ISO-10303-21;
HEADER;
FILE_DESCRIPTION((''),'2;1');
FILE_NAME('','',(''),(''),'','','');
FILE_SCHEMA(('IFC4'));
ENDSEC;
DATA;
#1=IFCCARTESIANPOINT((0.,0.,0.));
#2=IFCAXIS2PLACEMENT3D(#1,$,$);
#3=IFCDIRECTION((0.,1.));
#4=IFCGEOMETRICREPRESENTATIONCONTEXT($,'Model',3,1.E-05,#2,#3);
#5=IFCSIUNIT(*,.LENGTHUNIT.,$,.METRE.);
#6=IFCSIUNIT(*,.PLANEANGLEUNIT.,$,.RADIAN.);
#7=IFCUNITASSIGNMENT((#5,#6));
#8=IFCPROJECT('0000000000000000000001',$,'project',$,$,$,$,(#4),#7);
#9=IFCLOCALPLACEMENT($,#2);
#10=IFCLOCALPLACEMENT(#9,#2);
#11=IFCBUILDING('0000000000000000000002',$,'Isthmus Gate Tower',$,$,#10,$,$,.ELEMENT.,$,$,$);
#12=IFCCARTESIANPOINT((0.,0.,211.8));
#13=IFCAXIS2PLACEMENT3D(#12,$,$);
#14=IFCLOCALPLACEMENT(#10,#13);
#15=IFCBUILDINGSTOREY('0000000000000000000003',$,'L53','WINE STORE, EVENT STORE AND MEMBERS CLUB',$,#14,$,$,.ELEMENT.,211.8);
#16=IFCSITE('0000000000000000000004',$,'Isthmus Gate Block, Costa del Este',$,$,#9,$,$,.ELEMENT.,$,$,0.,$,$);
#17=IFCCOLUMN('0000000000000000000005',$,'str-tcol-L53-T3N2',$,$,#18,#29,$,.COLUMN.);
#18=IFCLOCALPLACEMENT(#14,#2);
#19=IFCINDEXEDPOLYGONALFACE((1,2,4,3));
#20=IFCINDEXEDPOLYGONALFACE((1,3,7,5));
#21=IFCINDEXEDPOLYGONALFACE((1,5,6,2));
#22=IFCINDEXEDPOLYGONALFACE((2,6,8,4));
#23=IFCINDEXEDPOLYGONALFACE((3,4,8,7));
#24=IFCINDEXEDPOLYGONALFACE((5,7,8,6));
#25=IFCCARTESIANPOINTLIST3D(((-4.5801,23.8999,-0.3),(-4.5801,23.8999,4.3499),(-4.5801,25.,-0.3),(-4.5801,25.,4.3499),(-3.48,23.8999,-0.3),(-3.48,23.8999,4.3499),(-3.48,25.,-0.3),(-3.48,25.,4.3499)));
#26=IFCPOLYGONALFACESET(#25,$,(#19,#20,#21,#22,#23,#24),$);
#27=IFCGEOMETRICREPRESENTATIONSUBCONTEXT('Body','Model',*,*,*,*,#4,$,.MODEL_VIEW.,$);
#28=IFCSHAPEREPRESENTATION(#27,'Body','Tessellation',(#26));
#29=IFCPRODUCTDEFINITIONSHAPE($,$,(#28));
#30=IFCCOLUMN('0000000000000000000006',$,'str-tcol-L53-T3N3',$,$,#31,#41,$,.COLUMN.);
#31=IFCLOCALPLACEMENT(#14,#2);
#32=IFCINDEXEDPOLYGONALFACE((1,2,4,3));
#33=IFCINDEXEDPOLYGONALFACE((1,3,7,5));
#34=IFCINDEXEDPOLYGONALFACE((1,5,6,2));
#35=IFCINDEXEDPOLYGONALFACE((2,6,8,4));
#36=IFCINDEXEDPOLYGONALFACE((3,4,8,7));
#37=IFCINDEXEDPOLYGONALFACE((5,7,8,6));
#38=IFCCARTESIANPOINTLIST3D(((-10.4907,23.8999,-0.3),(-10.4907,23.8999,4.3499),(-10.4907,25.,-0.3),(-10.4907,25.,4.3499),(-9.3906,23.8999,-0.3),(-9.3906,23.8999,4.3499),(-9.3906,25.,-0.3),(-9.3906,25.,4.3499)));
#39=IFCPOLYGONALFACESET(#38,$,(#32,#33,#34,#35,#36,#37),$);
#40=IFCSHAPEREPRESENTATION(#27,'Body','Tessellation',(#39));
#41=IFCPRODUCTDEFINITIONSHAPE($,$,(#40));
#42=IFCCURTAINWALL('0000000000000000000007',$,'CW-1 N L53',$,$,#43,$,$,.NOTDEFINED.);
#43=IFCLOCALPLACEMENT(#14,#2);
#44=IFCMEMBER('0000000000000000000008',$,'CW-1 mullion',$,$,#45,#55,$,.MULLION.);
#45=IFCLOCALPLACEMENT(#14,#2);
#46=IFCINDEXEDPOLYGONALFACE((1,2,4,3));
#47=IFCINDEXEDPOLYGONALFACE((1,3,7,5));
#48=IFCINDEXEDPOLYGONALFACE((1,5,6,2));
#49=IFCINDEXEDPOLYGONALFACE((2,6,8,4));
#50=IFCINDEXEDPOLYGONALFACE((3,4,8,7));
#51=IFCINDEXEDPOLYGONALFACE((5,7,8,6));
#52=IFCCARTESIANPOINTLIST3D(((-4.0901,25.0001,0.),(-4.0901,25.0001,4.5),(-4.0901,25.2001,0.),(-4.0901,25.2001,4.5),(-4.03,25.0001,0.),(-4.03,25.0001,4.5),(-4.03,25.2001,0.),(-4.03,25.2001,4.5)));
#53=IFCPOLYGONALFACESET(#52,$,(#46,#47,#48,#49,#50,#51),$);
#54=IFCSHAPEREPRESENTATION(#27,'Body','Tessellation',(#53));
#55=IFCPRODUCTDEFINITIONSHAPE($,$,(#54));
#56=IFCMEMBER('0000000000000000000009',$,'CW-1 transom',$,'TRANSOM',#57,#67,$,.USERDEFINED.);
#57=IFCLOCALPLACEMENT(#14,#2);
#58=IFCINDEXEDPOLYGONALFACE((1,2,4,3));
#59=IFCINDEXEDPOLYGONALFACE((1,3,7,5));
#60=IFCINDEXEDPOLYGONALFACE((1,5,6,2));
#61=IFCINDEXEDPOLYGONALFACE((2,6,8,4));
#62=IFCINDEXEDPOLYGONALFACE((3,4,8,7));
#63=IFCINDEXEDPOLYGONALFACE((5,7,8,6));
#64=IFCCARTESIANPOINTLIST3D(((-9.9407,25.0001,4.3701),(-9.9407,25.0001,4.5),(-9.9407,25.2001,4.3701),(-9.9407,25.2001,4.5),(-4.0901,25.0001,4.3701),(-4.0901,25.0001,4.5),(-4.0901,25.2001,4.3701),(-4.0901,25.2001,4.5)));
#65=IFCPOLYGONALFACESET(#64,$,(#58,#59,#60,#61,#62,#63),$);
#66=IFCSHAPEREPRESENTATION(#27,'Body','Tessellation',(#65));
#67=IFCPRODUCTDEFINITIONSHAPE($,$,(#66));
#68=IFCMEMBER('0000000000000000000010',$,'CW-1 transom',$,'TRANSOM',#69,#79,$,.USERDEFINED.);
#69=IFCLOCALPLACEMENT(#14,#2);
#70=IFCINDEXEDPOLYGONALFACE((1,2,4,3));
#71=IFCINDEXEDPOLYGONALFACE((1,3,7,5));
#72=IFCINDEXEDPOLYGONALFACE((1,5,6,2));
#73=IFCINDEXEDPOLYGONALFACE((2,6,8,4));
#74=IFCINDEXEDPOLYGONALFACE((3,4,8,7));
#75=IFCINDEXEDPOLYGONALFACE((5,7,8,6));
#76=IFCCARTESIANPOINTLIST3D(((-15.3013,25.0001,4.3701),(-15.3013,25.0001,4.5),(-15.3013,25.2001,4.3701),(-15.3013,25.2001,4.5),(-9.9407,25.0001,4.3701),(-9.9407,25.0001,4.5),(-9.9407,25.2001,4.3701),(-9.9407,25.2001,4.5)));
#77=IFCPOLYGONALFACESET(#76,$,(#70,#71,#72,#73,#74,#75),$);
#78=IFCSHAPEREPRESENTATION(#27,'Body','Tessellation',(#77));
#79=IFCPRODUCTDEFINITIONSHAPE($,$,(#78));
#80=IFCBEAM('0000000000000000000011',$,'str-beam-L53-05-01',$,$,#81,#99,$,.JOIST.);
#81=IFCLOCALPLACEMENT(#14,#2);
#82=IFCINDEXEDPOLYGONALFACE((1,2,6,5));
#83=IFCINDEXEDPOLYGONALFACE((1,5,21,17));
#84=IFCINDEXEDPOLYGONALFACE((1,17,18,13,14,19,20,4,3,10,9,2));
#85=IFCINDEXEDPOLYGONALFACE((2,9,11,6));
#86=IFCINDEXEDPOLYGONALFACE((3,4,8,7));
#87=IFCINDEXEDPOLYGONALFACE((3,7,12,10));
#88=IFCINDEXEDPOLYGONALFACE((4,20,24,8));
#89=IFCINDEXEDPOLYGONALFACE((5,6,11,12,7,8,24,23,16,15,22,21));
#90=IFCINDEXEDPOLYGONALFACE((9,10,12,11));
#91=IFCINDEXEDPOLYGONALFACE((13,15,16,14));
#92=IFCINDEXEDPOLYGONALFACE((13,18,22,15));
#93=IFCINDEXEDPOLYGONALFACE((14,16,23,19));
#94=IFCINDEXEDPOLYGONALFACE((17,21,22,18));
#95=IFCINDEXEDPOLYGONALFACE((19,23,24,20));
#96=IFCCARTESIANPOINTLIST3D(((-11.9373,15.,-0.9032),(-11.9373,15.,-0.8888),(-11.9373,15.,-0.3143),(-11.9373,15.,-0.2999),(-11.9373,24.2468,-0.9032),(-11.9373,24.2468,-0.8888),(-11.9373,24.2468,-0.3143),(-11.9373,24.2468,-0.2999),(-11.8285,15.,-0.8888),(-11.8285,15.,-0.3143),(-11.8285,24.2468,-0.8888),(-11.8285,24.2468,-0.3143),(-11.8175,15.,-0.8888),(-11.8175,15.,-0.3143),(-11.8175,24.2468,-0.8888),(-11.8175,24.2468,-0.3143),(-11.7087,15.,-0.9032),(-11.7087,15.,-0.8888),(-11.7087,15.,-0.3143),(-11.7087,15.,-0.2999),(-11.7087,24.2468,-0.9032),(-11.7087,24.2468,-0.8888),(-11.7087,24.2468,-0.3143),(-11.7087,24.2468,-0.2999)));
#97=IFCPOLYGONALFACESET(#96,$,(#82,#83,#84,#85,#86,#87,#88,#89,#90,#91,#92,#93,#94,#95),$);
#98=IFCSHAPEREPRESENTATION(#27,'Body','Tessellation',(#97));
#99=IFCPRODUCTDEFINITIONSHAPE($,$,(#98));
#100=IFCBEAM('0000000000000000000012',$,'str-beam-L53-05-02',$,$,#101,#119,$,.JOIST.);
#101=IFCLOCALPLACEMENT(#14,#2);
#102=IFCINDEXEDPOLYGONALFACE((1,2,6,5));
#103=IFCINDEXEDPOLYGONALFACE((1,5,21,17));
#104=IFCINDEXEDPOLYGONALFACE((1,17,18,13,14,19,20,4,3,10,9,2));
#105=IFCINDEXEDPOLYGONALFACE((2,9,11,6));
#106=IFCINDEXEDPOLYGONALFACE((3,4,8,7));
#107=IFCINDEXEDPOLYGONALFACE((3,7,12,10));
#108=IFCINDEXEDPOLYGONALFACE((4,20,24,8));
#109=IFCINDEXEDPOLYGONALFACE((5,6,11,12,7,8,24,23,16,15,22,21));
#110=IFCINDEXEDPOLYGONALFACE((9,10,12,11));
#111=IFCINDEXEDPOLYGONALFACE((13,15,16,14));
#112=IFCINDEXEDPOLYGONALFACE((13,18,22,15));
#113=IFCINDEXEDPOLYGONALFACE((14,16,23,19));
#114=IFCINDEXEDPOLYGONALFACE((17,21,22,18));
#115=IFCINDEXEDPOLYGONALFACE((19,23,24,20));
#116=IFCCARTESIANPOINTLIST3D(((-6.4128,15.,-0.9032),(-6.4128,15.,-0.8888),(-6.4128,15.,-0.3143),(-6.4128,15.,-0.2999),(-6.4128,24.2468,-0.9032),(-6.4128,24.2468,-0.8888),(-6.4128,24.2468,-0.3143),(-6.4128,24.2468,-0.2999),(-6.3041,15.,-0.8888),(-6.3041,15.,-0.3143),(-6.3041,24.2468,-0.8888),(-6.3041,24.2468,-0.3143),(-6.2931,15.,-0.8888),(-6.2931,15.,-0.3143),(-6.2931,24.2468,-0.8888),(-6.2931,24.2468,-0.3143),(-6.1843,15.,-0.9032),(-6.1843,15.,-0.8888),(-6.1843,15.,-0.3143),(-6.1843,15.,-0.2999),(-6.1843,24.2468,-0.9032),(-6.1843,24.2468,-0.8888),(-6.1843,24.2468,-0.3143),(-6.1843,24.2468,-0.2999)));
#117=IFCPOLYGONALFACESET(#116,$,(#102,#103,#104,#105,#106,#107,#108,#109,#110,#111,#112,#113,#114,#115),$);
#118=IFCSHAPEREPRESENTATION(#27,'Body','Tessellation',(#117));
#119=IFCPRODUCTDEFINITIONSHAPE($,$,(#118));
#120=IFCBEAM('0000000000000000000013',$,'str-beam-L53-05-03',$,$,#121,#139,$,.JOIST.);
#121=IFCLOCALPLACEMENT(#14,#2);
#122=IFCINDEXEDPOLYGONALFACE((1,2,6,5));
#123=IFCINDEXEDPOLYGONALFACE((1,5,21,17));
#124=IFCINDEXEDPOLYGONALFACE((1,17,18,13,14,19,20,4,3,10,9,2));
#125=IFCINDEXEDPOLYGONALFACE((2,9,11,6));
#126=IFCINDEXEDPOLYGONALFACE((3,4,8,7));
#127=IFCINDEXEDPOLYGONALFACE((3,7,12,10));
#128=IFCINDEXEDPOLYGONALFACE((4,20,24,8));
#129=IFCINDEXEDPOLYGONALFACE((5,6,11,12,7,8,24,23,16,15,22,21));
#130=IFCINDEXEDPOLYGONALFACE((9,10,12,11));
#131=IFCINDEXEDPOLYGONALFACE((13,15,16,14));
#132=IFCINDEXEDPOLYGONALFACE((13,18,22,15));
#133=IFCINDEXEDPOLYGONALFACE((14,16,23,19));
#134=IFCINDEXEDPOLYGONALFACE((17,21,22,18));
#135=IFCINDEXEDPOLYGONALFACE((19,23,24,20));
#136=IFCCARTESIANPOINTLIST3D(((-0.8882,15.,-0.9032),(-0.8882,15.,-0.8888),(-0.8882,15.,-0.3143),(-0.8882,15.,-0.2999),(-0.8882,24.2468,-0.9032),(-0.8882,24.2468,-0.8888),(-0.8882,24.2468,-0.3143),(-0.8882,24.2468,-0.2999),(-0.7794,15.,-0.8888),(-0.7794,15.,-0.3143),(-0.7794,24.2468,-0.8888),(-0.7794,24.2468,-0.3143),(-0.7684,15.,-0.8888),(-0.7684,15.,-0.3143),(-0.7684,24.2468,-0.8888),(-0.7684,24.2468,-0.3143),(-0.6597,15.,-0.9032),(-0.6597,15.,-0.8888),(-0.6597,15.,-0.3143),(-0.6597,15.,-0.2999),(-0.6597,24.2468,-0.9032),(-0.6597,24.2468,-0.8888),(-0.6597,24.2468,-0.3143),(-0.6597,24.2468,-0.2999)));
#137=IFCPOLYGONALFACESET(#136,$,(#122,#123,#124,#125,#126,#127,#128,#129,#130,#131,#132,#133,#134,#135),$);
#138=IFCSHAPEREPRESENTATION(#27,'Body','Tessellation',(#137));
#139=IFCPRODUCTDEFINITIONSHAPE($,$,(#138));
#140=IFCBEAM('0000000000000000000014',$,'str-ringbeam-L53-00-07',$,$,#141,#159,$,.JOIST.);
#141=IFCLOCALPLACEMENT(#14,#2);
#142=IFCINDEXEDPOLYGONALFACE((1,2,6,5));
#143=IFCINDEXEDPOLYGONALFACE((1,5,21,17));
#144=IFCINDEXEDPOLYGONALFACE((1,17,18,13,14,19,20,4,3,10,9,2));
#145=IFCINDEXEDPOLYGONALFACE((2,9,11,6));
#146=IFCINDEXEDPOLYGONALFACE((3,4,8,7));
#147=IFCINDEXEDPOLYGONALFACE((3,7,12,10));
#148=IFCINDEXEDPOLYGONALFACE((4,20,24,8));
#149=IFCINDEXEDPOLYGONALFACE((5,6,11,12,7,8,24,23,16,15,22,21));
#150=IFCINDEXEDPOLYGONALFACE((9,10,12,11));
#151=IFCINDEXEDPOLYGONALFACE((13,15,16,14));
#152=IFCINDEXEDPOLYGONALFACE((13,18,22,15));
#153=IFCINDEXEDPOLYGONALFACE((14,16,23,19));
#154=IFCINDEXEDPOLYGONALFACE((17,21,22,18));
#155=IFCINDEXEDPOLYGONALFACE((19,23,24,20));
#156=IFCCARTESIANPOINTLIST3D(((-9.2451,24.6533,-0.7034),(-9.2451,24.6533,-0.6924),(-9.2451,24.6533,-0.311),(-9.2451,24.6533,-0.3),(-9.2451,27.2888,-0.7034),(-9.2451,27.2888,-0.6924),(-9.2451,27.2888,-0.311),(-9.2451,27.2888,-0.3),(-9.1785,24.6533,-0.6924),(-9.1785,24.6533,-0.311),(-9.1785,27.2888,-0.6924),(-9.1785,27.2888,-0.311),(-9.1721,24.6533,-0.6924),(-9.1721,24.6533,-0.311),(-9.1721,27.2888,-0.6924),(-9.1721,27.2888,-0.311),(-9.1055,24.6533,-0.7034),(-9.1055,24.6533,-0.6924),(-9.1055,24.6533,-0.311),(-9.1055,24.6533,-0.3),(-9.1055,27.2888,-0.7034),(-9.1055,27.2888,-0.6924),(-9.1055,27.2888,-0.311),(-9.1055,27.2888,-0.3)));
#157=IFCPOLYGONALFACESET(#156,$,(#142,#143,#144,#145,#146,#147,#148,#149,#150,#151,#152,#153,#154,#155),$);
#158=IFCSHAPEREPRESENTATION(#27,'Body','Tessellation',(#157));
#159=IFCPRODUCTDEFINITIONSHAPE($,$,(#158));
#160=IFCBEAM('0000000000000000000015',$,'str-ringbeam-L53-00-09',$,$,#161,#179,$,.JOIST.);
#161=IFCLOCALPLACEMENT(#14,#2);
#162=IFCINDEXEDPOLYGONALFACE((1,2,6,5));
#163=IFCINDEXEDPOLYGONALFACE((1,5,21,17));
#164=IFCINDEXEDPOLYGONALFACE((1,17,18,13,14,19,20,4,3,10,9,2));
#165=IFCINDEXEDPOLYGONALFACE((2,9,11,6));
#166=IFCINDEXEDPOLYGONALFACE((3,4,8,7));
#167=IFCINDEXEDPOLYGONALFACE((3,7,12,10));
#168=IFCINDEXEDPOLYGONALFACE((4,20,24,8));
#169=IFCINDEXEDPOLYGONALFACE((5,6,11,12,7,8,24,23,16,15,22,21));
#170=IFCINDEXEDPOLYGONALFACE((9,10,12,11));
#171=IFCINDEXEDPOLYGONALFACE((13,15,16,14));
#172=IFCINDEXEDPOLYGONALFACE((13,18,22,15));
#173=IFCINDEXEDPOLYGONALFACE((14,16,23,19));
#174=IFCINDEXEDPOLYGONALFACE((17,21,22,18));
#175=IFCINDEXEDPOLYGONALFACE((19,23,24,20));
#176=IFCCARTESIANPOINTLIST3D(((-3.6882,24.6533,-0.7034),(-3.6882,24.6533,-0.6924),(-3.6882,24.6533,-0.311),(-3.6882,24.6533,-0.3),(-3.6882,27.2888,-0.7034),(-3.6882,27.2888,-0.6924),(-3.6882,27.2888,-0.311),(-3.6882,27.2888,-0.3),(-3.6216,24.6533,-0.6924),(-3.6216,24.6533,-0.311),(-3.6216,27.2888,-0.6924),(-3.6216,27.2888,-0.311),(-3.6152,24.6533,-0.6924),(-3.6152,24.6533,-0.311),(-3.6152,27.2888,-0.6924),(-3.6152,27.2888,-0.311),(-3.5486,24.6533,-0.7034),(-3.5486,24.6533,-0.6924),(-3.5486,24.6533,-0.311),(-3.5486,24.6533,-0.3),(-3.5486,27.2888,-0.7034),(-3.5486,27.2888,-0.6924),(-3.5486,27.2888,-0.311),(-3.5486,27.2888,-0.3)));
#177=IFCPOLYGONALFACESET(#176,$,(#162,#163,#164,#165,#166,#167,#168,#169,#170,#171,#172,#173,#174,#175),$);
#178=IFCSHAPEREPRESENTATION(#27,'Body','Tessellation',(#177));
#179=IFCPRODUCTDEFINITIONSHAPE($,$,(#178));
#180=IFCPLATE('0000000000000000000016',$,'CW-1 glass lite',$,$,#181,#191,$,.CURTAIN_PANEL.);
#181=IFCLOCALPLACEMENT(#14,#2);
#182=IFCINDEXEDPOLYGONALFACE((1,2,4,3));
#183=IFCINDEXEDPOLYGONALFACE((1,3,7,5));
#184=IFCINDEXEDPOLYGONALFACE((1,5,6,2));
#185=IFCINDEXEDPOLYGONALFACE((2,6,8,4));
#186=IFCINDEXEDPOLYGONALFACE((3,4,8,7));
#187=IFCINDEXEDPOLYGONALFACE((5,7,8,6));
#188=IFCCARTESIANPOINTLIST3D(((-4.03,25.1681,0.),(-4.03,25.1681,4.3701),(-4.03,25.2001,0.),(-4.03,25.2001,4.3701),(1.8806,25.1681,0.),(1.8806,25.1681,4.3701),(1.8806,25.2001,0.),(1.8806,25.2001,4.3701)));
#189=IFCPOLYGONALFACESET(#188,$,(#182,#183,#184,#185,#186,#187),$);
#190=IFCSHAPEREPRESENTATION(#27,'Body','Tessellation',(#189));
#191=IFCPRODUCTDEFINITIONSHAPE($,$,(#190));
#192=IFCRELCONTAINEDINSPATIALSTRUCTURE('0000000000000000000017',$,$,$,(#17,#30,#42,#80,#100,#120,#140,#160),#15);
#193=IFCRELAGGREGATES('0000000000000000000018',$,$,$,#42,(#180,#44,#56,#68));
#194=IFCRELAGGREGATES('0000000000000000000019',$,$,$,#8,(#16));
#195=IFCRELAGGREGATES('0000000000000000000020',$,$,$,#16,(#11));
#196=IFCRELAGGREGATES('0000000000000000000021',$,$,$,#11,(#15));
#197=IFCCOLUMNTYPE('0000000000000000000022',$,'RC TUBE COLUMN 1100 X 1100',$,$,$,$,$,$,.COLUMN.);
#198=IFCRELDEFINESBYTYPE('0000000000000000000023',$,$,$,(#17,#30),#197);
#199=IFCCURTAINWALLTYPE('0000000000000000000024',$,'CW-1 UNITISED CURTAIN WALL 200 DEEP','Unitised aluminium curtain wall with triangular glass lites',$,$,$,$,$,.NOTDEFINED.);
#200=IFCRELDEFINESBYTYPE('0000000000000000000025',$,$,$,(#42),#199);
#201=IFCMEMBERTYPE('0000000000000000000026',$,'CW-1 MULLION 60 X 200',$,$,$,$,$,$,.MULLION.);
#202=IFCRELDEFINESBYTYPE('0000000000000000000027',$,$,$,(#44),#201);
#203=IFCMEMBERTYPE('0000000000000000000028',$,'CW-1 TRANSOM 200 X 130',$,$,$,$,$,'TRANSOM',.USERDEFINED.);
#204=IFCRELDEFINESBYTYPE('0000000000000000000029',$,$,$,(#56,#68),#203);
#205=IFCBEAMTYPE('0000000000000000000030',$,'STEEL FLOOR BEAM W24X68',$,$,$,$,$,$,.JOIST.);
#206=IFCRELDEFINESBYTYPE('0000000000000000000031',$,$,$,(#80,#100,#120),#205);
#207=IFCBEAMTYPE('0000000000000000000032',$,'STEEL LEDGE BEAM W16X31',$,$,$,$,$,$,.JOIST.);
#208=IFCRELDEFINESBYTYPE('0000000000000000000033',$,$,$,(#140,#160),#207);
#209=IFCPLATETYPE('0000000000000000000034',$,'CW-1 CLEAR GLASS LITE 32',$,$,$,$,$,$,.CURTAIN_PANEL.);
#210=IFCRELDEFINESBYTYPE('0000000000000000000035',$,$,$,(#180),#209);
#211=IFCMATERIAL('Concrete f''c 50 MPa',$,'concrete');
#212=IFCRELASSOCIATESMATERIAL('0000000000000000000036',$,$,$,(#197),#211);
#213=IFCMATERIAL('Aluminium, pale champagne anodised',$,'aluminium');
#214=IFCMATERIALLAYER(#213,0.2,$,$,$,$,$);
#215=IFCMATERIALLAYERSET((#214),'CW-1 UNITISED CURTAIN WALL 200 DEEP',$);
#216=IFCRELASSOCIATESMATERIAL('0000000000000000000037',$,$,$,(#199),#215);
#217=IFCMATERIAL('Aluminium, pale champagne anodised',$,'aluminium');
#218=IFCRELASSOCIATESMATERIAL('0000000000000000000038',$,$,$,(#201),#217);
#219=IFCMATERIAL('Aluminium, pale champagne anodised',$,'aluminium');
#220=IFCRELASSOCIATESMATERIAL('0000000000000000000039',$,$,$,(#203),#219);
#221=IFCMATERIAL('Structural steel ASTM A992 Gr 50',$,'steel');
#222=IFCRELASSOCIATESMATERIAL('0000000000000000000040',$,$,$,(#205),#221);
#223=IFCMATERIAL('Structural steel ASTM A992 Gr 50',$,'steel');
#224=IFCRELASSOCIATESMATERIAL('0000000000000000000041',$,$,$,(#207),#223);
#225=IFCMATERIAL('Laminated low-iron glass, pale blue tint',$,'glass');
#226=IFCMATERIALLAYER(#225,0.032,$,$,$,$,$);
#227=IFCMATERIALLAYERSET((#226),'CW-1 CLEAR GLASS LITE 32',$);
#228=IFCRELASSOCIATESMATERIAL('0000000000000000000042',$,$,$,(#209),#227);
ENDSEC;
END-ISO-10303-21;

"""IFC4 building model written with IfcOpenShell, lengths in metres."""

from ifc_helpers import new_model, si_unit, direction, frame, origin, origin_2d, place, context, subcontext, project, spatial, rectangle, i_section, extrude, material, layer, layer_set, material_profile, profile_set, type_object, element, aggregate, save


model = new_model("IFC4")

# Units and contexts
model_context = context("Model", 3, precision=1e-05, world=origin(), true_north=direction((0.0, 1.0)))
body_context = subcontext(model_context, "Body", "Model", "MODEL_VIEW")
ifc_project = project(units=[si_unit("LENGTHUNIT", "METRE"), si_unit("PLANEANGLEUNIT", "RADIAN")], contexts=[model_context])

# Site, building, storey
site_placement = place(None, origin())
site = spatial("IfcSite", under=ifc_project, at=site_placement, Name="Isthmus Gate Block, Costa del Este", CompositionType="ELEMENT", RefElevation=0.0)
building_placement = place(site_placement, origin())
building = spatial("IfcBuilding", under=site, at=building_placement, Name="Isthmus Gate Tower", CompositionType="ELEMENT")
storey_placement = place(building_placement, frame((0.0, 0.0, 211.8)))
storey = spatial("IfcBuildingStorey", under=building, at=storey_placement, Name="L53", Description="WINE STORE, EVENT STORE AND MEMBERS CLUB", CompositionType="ELEMENT", Elevation=211.8)

# Columns
ifc_material_1 = material(Name="Concrete f'c 50 MPa", Category="concrete")
ifc_material_profile_1 = material_profile(ifc_material_1, rectangle(XDim=1.1001, YDim=1.1001, at=origin_2d()), Name="RC 1100X1100")
ifc_profile_set_1 = profile_set([ifc_material_profile_1], Name="Concrete f'c 50 MPa")
column_type = type_object("IfcColumnType", Name="RC TUBE COLUMN 1100 X 1100", PredefinedType="COLUMN", material=ifc_profile_set_1)
for number, where, z_axis, x_axis, name in (
    (1, (-4.03, 24.45, -0.3), (0.0, 0.0, 1.0), (-1.0, 0.0, 0.0), "str-tcol-L53-T3N2"),
    (2, (-9.9407, 24.45, -0.3), (0.0, 0.0, 1.0), (-1.0, 0.0, 0.0), "str-tcol-L53-T3N3"),
):
    element("IfcColumn", number, at=place(storey_placement, frame(where, z_axis=z_axis, x_axis=x_axis)), inside=storey, type_object=column_type, Name=name, PredefinedType="COLUMN", context=body_context, shape_type="SweptSolid", body=[
        extrude(rectangle(XDim=1.1001, YDim=1.1001, at=origin_2d()), origin(), (0.0, 0.0, 1.0), 4.6499),
    ])

# Curtain wall, members
ifc_material_2 = material(Name="Aluminium, pale champagne anodised", Category="aluminium")
ifc_layer_1 = layer(ifc_material_2, 0.2)
ifc_layer_set_1 = layer_set([ifc_layer_1], Name="CW-1 UNITISED CURTAIN WALL 200 DEEP")
curtain_wall_type = type_object("IfcCurtainWallType", Name="CW-1 UNITISED CURTAIN WALL 200 DEEP", Description="Unitised aluminium curtain wall with triangular glass lites", PredefinedType="NOTDEFINED", material=ifc_layer_set_1)
curtain_wall_placement = place(storey_placement, origin())
curtain_wall = element("IfcCurtainWall", 3, at=curtain_wall_placement, inside=storey, type_object=curtain_wall_type, Name="CW-1 N L53", PredefinedType="NOTDEFINED")
ifc_material_3 = material(Name="Aluminium, pale champagne anodised", Category="aluminium")
ifc_material_profile_2 = material_profile(ifc_material_3, rectangle(XDim=0.0601, YDim=0.2, at=origin_2d()), Name="60x200")
ifc_profile_set_2 = profile_set([ifc_material_profile_2], Name="Aluminium, pale champagne anodised")
member_type_1 = type_object("IfcMemberType", Name="CW-1 MULLION 60 X 200", PredefinedType="MULLION", material=ifc_profile_set_2)
member_1_placement = place(storey_placement, frame((-4.0601, 25.1001, 0.0), z_axis=(0.0, 0.0, 1.0), x_axis=(-1.0, 0.0, 0.0)))
member_1 = element("IfcMember", 4, at=member_1_placement, type_object=member_type_1, Name="CW-1 mullion", PredefinedType="MULLION", context=body_context, shape_type="SweptSolid", body=[
    extrude(rectangle(XDim=0.0601, YDim=0.2, at=origin_2d()), origin(), (0.0, 0.0, 1.0), 4.5),
])
ifc_material_4 = material(Name="Aluminium, pale champagne anodised", Category="aluminium")
ifc_material_profile_3 = material_profile(ifc_material_4, rectangle(XDim=0.2, YDim=0.1299, at=origin_2d()), Name="200x130")
ifc_profile_set_3 = profile_set([ifc_material_profile_3], Name="Aluminium, pale champagne anodised")
member_type_2 = type_object("IfcMemberType", Name="CW-1 TRANSOM 200 X 130", ElementType="TRANSOM", PredefinedType="USERDEFINED", material=ifc_profile_set_3)
member_2_placement = place(storey_placement, frame((-4.0901, 25.1001, 4.4351), z_axis=(-1.0, 0.0, 0.0), x_axis=(0.0, -1.0, 0.0)))
member_2 = element("IfcMember", 5, at=member_2_placement, type_object=member_type_2, Name="CW-1 transom", ObjectType="TRANSOM", PredefinedType="USERDEFINED", context=body_context, shape_type="SweptSolid", body=[
    extrude(rectangle(XDim=0.2, YDim=0.1299, at=origin_2d()), origin(), (0.0, 0.0, 1.0), 5.8506),
])
member_3_placement = place(storey_placement, frame((-9.9407, 25.1001, 4.4351), z_axis=(-1.0, 0.0, 0.0), x_axis=(0.0, -1.0, 0.0)))
member_3 = element("IfcMember", 6, at=member_3_placement, type_object=member_type_2, Name="CW-1 transom", ObjectType="TRANSOM", PredefinedType="USERDEFINED", context=body_context, shape_type="SweptSolid", body=[
    extrude(rectangle(XDim=0.2, YDim=0.1299, at=origin_2d()), origin(), (0.0, 0.0, 1.0), 5.3606),
])

# Beams
ifc_material_5 = material(Name="Structural steel ASTM A992 Gr 50", Category="steel")
ifc_material_profile_4 = material_profile(ifc_material_5, i_section(OverallWidth=0.2285, OverallDepth=0.6033, WebThickness=0.011, FlangeThickness=0.0144, at=origin_2d()), Name="W24X68")
ifc_profile_set_4 = profile_set([ifc_material_profile_4], Name="Structural steel ASTM A992 Gr 50")
beam_type_1 = type_object("IfcBeamType", Name="STEEL FLOOR BEAM W24X68", PredefinedType="JOIST", material=ifc_profile_set_4)
for number, where, z_axis, x_axis, name in (
    (7, (-11.823, 15.0, -0.6016), (0.0, 1.0, 0.0), (-1.0, 0.0, 0.0), "str-beam-L53-05-01"),
    (8, (-6.2986, 15.0, -0.6016), (0.0, 1.0, 0.0), (-1.0, 0.0, 0.0), "str-beam-L53-05-02"),
    (9, (-0.7739, 15.0, -0.6016), (0.0, 1.0, 0.0), (-1.0, 0.0, 0.0), "str-beam-L53-05-03"),
):
    element("IfcBeam", number, at=place(storey_placement, frame(where, z_axis=z_axis, x_axis=x_axis)), inside=storey, type_object=beam_type_1, Name=name, PredefinedType="JOIST", context=body_context, shape_type="SweptSolid", body=[
        extrude(i_section(OverallWidth=0.2285, OverallDepth=0.6033, WebThickness=0.011, FlangeThickness=0.0144, at=origin_2d()), origin(), (0.0, 0.0, 1.0), 9.2468),
    ])
ifc_material_6 = material(Name="Structural steel ASTM A992 Gr 50", Category="steel")
ifc_material_profile_5 = material_profile(ifc_material_6, i_section(OverallWidth=0.1396, OverallDepth=0.4033, WebThickness=0.0063, FlangeThickness=0.011, at=origin_2d()), Name="W16X31")
ifc_profile_set_5 = profile_set([ifc_material_profile_5], Name="Structural steel ASTM A992 Gr 50")
beam_type_2 = type_object("IfcBeamType", Name="STEEL LEDGE BEAM W16X31", PredefinedType="JOIST", material=ifc_profile_set_5)
for number, where, z_axis, x_axis, name in (
    (10, (-9.1753, 24.6533, -0.5017), (0.0, 1.0, 0.0), (-1.0, 0.0, 0.0), "str-ringbeam-L53-00-07"),
    (11, (-3.6184, 24.6533, -0.5017), (0.0, 1.0, 0.0), (-1.0, 0.0, 0.0), "str-ringbeam-L53-00-09"),
):
    element("IfcBeam", number, at=place(storey_placement, frame(where, z_axis=z_axis, x_axis=x_axis)), inside=storey, type_object=beam_type_2, Name=name, PredefinedType="JOIST", context=body_context, shape_type="SweptSolid", body=[
        extrude(i_section(OverallWidth=0.1396, OverallDepth=0.4033, WebThickness=0.0063, FlangeThickness=0.011, at=origin_2d()), origin(), (0.0, 0.0, 1.0), 2.6355),
    ])

# Plate
ifc_material_7 = material(Name="Laminated low-iron glass, pale blue tint", Category="glass")
ifc_layer_2 = layer(ifc_material_7, 0.032)
ifc_layer_set_2 = layer_set([ifc_layer_2], Name="CW-1 CLEAR GLASS LITE 32")
plate_type = type_object("IfcPlateType", Name="CW-1 CLEAR GLASS LITE 32", PredefinedType="CURTAIN_PANEL", material=ifc_layer_set_2)
plate_1_placement = place(storey_placement, frame((-1.0747, 25.1841, 0.0), z_axis=(0.0, 0.0, 1.0), x_axis=(-1.0, 0.0, 0.0)))
plate_1 = element("IfcPlate", 12, at=plate_1_placement, type_object=plate_type, Name="CW-1 glass lite", PredefinedType="CURTAIN_PANEL", context=body_context, shape_type="SweptSolid", body=[
    extrude(rectangle(XDim=5.9106, YDim=0.032, at=origin_2d()), origin(), (0.0, 0.0, 1.0), 4.3701),
])
aggregate(curtain_wall, [plate_1, member_1, member_2, member_3])

save(model, "model.ifc")
